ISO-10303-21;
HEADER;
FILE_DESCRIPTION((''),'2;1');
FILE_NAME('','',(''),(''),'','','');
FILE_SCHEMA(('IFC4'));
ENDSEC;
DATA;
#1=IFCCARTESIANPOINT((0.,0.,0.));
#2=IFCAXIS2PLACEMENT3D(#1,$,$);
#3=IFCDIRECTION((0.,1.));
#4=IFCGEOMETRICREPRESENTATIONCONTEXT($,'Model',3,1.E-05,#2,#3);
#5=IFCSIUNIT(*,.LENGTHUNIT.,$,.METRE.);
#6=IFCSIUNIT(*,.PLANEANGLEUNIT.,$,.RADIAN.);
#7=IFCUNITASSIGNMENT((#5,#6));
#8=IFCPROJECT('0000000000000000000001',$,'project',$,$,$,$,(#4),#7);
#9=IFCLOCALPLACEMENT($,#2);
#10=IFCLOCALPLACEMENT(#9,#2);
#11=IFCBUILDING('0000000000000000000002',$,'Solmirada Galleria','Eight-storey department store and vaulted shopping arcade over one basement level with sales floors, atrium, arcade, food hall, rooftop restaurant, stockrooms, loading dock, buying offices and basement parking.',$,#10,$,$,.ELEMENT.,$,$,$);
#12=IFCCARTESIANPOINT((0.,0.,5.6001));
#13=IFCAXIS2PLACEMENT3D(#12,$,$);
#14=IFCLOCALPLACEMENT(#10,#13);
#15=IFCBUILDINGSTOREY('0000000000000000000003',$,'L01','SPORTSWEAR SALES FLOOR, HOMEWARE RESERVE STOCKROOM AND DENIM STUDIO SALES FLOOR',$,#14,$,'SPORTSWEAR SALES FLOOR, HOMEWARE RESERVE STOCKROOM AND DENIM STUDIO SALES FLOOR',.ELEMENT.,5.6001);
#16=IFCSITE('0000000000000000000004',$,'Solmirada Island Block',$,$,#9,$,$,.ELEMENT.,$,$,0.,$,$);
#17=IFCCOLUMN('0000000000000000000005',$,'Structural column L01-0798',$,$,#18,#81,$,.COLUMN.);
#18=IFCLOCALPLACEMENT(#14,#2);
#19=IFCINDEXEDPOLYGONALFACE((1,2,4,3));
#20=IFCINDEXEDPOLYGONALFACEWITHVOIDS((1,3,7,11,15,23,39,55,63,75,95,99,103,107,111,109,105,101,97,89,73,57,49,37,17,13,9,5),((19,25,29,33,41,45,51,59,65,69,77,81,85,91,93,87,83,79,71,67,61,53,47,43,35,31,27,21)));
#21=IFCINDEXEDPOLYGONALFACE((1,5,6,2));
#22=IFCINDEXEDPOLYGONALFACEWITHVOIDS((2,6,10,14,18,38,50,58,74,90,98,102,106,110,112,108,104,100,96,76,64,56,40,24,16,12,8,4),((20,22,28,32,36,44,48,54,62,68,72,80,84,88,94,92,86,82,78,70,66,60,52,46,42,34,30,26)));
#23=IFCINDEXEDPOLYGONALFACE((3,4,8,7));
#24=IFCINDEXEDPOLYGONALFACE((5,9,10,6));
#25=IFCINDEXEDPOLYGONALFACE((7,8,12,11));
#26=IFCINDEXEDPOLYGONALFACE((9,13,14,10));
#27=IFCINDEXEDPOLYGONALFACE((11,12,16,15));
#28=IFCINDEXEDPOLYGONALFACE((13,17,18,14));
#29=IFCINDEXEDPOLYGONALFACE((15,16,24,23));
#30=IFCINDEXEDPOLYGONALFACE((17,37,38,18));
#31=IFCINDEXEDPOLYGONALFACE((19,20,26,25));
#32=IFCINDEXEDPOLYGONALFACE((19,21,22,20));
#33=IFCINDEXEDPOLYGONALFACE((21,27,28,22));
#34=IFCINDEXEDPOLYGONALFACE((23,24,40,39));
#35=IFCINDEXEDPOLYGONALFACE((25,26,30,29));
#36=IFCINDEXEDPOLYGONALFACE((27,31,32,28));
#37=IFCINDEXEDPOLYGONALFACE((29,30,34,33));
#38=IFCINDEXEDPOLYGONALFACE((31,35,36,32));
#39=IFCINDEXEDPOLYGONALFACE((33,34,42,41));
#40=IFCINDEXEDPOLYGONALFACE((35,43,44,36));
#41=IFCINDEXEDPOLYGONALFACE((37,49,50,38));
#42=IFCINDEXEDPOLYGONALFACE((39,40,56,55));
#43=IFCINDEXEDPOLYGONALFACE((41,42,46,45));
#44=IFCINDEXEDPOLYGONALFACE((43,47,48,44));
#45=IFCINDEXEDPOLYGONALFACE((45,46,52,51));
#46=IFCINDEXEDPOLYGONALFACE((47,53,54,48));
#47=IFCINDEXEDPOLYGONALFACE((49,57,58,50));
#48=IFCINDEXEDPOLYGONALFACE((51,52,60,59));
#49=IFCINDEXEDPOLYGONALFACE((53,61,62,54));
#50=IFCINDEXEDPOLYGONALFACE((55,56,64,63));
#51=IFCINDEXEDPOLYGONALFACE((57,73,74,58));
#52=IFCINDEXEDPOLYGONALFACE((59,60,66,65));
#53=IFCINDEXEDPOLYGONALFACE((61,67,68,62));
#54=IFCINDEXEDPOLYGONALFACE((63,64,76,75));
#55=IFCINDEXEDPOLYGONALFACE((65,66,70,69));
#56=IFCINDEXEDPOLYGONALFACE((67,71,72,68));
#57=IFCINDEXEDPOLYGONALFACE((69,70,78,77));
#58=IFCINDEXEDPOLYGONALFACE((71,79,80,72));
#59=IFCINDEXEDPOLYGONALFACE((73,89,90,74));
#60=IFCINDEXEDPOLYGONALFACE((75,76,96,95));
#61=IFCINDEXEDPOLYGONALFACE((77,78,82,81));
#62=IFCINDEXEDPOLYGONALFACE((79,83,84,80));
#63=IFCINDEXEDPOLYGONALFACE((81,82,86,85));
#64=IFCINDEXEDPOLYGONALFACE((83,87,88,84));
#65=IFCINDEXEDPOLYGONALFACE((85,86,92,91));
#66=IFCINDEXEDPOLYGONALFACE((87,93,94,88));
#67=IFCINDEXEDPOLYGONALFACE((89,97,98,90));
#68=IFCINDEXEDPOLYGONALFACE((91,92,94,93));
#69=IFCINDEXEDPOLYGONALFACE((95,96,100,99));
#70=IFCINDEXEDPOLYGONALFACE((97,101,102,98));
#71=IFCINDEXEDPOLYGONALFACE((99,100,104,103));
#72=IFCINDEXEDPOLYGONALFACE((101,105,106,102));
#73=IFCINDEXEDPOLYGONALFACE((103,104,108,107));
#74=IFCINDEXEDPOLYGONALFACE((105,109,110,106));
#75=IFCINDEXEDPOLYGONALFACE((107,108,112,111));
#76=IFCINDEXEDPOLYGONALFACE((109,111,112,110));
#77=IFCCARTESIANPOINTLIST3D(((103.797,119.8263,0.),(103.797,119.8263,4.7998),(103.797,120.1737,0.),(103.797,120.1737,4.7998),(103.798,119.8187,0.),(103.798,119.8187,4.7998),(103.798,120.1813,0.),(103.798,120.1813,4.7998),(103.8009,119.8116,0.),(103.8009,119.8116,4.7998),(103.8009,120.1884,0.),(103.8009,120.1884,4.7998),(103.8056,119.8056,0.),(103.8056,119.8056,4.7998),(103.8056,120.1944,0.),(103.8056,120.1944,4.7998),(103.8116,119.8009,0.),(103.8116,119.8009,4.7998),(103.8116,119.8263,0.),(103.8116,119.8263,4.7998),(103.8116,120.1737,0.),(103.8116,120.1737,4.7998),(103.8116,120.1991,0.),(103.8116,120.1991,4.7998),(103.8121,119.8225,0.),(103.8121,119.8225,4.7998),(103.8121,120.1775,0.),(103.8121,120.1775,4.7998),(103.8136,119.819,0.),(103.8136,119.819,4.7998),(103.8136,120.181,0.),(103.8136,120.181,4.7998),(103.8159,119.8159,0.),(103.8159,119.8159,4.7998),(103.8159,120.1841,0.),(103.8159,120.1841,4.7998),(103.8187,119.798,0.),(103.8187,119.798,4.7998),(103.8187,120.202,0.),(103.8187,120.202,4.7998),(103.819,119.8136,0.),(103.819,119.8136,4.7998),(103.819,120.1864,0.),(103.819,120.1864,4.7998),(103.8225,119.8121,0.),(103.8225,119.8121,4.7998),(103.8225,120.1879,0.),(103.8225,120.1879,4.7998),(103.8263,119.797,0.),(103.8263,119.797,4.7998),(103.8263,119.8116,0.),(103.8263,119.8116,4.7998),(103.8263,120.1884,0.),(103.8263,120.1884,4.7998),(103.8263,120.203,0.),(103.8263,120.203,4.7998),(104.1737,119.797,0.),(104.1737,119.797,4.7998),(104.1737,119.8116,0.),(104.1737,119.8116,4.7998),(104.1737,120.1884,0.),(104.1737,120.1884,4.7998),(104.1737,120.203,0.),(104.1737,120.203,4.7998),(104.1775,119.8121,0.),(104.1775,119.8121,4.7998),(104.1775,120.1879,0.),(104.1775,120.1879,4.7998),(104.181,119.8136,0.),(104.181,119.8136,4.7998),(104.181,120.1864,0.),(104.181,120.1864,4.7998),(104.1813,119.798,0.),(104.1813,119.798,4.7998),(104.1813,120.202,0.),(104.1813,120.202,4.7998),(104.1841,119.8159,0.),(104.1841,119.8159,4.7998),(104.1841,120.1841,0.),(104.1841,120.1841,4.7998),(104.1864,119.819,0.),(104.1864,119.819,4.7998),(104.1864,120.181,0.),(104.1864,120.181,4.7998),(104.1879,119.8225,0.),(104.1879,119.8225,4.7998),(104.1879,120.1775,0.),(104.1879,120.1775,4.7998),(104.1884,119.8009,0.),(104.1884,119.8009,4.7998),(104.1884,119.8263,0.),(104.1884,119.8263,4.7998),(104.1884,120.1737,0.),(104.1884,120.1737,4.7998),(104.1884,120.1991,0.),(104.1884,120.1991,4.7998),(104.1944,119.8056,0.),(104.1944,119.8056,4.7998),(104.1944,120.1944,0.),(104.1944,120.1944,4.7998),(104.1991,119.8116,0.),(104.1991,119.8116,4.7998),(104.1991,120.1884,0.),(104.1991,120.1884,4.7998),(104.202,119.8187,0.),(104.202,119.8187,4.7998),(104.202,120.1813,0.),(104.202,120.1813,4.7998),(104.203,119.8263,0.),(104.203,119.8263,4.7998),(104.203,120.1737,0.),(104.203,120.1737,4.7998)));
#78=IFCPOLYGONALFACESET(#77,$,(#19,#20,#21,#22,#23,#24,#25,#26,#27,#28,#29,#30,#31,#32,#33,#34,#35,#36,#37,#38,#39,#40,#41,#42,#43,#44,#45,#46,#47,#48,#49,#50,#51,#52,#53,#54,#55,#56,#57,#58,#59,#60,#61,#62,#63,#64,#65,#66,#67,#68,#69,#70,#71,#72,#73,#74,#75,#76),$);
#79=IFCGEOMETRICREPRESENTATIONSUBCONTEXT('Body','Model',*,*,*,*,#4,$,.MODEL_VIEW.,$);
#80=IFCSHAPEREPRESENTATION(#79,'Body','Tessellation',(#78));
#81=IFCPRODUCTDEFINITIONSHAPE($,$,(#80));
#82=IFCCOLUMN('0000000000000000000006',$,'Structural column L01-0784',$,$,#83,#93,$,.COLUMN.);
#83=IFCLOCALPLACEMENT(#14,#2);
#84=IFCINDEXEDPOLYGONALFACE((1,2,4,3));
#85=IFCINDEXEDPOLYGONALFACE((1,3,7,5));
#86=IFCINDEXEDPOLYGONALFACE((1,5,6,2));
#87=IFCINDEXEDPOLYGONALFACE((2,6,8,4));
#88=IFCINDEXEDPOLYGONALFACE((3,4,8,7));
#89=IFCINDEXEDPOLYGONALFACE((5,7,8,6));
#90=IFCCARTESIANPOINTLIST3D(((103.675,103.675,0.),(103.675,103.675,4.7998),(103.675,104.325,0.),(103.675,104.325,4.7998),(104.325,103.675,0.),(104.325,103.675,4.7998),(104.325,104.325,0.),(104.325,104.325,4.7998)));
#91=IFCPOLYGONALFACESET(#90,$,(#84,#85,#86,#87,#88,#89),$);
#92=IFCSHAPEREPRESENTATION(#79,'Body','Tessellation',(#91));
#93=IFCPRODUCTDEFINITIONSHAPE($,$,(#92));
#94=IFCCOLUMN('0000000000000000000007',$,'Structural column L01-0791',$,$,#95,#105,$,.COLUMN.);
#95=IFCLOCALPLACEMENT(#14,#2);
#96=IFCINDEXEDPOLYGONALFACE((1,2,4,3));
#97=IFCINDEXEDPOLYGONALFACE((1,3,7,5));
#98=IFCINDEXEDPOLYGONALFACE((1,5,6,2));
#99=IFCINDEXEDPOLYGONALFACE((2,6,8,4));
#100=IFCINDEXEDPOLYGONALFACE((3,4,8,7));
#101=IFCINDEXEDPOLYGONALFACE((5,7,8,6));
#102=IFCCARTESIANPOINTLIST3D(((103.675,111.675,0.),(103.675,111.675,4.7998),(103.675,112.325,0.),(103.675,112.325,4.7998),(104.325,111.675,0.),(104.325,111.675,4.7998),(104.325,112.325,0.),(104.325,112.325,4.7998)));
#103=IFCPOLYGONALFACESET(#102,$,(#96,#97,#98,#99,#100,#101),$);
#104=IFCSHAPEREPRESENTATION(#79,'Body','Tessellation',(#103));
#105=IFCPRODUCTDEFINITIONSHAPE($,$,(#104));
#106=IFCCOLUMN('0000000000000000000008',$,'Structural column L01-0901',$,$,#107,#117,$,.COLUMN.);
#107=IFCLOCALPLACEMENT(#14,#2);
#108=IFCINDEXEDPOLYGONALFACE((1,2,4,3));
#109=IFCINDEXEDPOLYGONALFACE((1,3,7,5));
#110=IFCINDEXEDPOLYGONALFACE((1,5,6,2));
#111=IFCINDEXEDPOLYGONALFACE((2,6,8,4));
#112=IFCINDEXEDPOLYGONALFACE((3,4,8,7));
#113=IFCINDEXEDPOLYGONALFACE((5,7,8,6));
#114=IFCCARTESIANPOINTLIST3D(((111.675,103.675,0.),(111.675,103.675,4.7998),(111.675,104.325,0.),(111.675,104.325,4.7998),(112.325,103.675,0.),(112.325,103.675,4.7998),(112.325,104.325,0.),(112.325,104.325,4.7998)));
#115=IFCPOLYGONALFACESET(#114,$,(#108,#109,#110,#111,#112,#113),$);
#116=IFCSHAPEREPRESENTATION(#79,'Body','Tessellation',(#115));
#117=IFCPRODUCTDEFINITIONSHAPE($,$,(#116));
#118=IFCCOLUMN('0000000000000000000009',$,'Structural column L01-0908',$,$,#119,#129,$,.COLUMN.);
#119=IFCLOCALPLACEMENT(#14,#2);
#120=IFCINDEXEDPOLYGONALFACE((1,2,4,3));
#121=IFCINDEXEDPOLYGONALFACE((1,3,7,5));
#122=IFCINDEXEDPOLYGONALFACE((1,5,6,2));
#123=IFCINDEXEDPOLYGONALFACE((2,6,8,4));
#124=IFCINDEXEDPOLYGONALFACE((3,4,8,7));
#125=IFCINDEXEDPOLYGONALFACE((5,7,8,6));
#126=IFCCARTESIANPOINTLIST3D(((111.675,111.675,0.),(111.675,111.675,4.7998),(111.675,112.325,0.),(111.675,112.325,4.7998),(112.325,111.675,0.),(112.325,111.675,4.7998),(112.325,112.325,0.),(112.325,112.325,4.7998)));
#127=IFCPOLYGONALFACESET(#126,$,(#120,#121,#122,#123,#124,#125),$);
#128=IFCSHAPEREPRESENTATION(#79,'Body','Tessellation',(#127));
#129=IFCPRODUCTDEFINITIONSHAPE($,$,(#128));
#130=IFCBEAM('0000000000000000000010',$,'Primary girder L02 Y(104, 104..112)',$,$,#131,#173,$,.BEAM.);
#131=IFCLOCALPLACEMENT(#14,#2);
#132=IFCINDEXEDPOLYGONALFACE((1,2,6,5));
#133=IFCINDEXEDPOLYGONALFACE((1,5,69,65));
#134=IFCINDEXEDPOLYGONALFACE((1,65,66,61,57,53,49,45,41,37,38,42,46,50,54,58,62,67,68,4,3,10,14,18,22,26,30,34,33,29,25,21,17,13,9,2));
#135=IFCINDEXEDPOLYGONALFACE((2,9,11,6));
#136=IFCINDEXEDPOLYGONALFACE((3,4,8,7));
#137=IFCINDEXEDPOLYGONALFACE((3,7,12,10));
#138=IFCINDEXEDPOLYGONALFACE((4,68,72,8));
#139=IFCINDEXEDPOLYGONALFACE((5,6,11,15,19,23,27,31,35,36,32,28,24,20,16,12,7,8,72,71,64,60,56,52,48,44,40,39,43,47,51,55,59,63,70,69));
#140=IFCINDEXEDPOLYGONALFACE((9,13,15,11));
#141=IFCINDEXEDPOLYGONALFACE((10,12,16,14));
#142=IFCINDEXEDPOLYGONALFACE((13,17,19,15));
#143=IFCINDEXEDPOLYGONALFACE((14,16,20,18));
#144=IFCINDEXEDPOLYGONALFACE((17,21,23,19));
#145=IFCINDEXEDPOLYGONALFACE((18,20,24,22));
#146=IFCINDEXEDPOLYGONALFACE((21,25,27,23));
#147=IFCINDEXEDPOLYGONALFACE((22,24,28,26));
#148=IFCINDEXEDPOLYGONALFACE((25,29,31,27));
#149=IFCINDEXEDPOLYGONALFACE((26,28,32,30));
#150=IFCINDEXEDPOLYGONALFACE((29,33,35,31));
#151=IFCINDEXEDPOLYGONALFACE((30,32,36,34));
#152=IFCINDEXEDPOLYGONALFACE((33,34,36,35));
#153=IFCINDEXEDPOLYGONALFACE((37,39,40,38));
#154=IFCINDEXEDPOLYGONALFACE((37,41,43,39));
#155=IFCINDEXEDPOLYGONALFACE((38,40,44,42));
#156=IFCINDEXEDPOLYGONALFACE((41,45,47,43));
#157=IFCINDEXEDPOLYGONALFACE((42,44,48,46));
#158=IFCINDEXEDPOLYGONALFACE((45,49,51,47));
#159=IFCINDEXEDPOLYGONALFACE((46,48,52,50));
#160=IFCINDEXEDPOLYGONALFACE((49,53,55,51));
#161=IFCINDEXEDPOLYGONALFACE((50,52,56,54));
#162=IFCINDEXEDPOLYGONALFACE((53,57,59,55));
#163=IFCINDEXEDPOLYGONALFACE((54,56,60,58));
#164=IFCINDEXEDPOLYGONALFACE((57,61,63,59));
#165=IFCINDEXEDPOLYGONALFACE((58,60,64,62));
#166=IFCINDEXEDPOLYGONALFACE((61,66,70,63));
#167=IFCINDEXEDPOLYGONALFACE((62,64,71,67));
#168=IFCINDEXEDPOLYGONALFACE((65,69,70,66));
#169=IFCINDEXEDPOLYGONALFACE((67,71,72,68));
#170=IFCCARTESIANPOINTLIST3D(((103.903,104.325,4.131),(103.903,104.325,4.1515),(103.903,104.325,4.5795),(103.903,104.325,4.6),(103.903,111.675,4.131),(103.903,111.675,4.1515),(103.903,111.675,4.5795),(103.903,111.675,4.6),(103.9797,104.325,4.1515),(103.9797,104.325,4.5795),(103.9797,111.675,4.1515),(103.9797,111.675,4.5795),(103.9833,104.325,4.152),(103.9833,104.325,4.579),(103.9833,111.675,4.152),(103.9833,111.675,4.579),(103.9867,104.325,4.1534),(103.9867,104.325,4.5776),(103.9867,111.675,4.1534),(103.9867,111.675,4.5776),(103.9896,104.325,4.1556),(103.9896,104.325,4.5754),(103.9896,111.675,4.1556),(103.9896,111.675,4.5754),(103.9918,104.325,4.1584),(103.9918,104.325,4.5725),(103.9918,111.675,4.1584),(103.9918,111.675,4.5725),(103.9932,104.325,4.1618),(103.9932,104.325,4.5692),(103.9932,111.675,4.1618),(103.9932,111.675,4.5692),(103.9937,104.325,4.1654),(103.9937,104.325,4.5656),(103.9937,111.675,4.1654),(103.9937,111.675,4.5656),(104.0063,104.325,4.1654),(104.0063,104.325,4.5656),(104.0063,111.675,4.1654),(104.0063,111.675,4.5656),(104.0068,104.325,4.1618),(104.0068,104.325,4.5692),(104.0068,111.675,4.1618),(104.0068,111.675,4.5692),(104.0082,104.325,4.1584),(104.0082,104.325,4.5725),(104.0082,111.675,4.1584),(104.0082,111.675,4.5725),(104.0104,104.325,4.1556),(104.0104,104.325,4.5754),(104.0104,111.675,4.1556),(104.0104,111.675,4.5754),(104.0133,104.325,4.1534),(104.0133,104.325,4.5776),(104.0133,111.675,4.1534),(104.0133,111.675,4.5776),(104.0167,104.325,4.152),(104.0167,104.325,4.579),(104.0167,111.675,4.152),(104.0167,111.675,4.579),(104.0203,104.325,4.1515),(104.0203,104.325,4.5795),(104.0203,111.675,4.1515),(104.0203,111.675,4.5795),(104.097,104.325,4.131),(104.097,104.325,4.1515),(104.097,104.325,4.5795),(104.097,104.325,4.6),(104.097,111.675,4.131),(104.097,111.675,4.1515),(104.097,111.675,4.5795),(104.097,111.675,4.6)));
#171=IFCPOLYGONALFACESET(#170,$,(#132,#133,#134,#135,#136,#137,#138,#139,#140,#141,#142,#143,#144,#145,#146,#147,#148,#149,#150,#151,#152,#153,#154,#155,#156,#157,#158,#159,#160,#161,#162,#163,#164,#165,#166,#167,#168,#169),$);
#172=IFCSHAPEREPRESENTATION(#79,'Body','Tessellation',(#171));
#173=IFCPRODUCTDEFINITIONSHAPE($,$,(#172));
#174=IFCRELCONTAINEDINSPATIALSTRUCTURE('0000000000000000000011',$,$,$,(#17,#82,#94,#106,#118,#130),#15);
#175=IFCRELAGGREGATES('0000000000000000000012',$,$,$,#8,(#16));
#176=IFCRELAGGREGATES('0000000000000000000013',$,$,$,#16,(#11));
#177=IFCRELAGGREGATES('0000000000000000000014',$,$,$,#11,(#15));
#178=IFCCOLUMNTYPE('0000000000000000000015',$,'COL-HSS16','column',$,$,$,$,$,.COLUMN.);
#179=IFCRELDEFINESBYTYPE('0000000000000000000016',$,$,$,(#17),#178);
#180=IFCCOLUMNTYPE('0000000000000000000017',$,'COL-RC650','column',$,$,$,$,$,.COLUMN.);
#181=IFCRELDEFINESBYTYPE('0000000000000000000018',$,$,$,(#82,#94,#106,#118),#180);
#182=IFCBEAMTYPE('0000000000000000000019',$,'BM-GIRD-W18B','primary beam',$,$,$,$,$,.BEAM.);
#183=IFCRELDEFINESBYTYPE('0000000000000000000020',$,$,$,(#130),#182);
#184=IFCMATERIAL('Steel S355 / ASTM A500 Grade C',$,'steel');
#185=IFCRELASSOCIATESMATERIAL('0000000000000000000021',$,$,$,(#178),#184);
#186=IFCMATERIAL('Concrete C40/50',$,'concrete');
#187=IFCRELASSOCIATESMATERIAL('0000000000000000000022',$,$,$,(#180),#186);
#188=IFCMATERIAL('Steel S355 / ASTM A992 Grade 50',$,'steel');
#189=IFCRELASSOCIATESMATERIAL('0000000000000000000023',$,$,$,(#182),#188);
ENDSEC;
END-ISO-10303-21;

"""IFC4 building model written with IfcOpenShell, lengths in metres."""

from ifc_helpers import new_model, si_unit, direction, frame, origin, origin_2d, place, context, subcontext, project, spatial, rectangle, hollow_rectangle, i_section, extrude, material, material_profile, profile_set, type_object, element, save


model = new_model("IFC4")

# Units and contexts
model_context = context("Model", 3, precision=1e-05, world=origin(), true_north=direction((0.0, 1.0)))
body_context = subcontext(model_context, "Body", "Model", "MODEL_VIEW")
ifc_project = project(units=[si_unit("LENGTHUNIT", "METRE"), si_unit("PLANEANGLEUNIT", "RADIAN")], contexts=[model_context])

# Site, building, storey
site_placement = place(None, origin())
site = spatial("IfcSite", under=ifc_project, at=site_placement, Name="Solmirada Island Block", CompositionType="ELEMENT", RefElevation=0.0)
building_placement = place(site_placement, origin())
building = spatial("IfcBuilding", under=site, at=building_placement, Name="Solmirada Galleria", Description="Eight-storey department store and vaulted shopping arcade over one basement level with sales floors, atrium, arcade, food hall, rooftop restaurant, stockrooms, loading dock, buying offices and basement parking.", CompositionType="ELEMENT")
storey_placement = place(building_placement, frame((0.0, 0.0, 5.6001)))
storey = spatial("IfcBuildingStorey", under=building, at=storey_placement, Name="L01", Description="SPORTSWEAR SALES FLOOR, HOMEWARE RESERVE STOCKROOM AND DENIM STUDIO SALES FLOOR", LongName="SPORTSWEAR SALES FLOOR, HOMEWARE RESERVE STOCKROOM AND DENIM STUDIO SALES FLOOR", CompositionType="ELEMENT", Elevation=5.6001)

# Columns
ifc_material_1 = material(Name="Steel S355 / ASTM A500 Grade C", Category="steel")
ifc_material_profile_1 = material_profile(ifc_material_1, hollow_rectangle(XDim=0.406, YDim=0.406, WallThickness=0.0146, InnerFilletRadius=0.0146, OuterFilletRadius=0.0293, at=origin_2d()), Name="HSS16X16X5/8")
ifc_profile_set_1 = profile_set([ifc_material_profile_1], Name="Steel S355 / ASTM A500 Grade C")
column_type_1 = type_object("IfcColumnType", Name="COL-HSS16", Description="column", PredefinedType="COLUMN", material=ifc_profile_set_1)
column_placement = place(storey_placement, frame((104.0, 120.0, 0.0), z_axis=(0.0, 0.0, 1.0), x_axis=(1.0, 0.0, 0.0)))
element("IfcColumn", 1, at=column_placement, inside=storey, type_object=column_type_1, Name="Structural column L01-0798", PredefinedType="COLUMN", context=body_context, shape_type="SweptSolid", body=[
    extrude(hollow_rectangle(XDim=0.406, YDim=0.406, WallThickness=0.0146, InnerFilletRadius=0.0146, OuterFilletRadius=0.0293, at=origin_2d()), origin(), (0.0, 0.0, 1.0), 4.7998),
])
ifc_material_2 = material(Name="Concrete C40/50", Category="concrete")
ifc_material_profile_2 = material_profile(ifc_material_2, rectangle(XDim=0.6499, YDim=0.6499, at=origin_2d()), Name="RC650X650")
ifc_profile_set_2 = profile_set([ifc_material_profile_2], Name="Concrete C40/50")
column_type_2 = type_object("IfcColumnType", Name="COL-RC650", Description="column", PredefinedType="COLUMN", material=ifc_profile_set_2)
for number, where, z_axis, x_axis, name in (
    (2, (104.0, 104.0, 0.0), (0.0, 0.0, 1.0), (1.0, 0.0, 0.0), "Structural column L01-0784"),
    (3, (104.0, 112.0, 0.0), (0.0, 0.0, 1.0), (1.0, 0.0, 0.0), "Structural column L01-0791"),
    (4, (112.0, 104.0, 0.0), (0.0, 0.0, 1.0), (1.0, 0.0, 0.0), "Structural column L01-0901"),
    (5, (112.0, 112.0, 0.0), (0.0, 0.0, 1.0), (1.0, 0.0, 0.0), "Structural column L01-0908"),
):
    element("IfcColumn", number, at=place(storey_placement, frame(where, z_axis=z_axis, x_axis=x_axis)), inside=storey, type_object=column_type_2, Name=name, PredefinedType="COLUMN", context=body_context, shape_type="SweptSolid", body=[
        extrude(rectangle(XDim=0.6499, YDim=0.6499, at=origin_2d()), origin(), (0.0, 0.0, 1.0), 4.7998),
    ])

# Beam
ifc_material_3 = material(Name="Steel S355 / ASTM A992 Grade 50", Category="steel")
ifc_material_profile_3 = material_profile(ifc_material_3, i_section(OverallWidth=0.1941, OverallDepth=0.469, WebThickness=0.0127, FlangeThickness=0.0205, FilletRadius=0.0139, at=origin_2d()), Name="W18X71")
ifc_profile_set_3 = profile_set([ifc_material_profile_3], Name="Steel S355 / ASTM A992 Grade 50")
beam_type_1 = type_object("IfcBeamType", Name="BM-GIRD-W18B", Description="primary beam", PredefinedType="BEAM", material=ifc_profile_set_3)
beam_1_placement = place(storey_placement, frame((104.0, 104.325, 4.3655), z_axis=(0.0, 1.0, 0.0), x_axis=(-1.0, 0.0, 0.0)))
element("IfcBeam", 6, at=beam_1_placement, inside=storey, type_object=beam_type_1, Name="Primary girder L02 Y(104, 104..112)", PredefinedType="BEAM", context=body_context, shape_type="SweptSolid", body=[
    extrude(i_section(OverallWidth=0.1941, OverallDepth=0.469, WebThickness=0.0127, FlangeThickness=0.0205, FilletRadius=0.0139, at=origin_2d()), origin(), (0.0, 0.0, 1.0), 7.3501),
])

save(model, "model.ifc")
